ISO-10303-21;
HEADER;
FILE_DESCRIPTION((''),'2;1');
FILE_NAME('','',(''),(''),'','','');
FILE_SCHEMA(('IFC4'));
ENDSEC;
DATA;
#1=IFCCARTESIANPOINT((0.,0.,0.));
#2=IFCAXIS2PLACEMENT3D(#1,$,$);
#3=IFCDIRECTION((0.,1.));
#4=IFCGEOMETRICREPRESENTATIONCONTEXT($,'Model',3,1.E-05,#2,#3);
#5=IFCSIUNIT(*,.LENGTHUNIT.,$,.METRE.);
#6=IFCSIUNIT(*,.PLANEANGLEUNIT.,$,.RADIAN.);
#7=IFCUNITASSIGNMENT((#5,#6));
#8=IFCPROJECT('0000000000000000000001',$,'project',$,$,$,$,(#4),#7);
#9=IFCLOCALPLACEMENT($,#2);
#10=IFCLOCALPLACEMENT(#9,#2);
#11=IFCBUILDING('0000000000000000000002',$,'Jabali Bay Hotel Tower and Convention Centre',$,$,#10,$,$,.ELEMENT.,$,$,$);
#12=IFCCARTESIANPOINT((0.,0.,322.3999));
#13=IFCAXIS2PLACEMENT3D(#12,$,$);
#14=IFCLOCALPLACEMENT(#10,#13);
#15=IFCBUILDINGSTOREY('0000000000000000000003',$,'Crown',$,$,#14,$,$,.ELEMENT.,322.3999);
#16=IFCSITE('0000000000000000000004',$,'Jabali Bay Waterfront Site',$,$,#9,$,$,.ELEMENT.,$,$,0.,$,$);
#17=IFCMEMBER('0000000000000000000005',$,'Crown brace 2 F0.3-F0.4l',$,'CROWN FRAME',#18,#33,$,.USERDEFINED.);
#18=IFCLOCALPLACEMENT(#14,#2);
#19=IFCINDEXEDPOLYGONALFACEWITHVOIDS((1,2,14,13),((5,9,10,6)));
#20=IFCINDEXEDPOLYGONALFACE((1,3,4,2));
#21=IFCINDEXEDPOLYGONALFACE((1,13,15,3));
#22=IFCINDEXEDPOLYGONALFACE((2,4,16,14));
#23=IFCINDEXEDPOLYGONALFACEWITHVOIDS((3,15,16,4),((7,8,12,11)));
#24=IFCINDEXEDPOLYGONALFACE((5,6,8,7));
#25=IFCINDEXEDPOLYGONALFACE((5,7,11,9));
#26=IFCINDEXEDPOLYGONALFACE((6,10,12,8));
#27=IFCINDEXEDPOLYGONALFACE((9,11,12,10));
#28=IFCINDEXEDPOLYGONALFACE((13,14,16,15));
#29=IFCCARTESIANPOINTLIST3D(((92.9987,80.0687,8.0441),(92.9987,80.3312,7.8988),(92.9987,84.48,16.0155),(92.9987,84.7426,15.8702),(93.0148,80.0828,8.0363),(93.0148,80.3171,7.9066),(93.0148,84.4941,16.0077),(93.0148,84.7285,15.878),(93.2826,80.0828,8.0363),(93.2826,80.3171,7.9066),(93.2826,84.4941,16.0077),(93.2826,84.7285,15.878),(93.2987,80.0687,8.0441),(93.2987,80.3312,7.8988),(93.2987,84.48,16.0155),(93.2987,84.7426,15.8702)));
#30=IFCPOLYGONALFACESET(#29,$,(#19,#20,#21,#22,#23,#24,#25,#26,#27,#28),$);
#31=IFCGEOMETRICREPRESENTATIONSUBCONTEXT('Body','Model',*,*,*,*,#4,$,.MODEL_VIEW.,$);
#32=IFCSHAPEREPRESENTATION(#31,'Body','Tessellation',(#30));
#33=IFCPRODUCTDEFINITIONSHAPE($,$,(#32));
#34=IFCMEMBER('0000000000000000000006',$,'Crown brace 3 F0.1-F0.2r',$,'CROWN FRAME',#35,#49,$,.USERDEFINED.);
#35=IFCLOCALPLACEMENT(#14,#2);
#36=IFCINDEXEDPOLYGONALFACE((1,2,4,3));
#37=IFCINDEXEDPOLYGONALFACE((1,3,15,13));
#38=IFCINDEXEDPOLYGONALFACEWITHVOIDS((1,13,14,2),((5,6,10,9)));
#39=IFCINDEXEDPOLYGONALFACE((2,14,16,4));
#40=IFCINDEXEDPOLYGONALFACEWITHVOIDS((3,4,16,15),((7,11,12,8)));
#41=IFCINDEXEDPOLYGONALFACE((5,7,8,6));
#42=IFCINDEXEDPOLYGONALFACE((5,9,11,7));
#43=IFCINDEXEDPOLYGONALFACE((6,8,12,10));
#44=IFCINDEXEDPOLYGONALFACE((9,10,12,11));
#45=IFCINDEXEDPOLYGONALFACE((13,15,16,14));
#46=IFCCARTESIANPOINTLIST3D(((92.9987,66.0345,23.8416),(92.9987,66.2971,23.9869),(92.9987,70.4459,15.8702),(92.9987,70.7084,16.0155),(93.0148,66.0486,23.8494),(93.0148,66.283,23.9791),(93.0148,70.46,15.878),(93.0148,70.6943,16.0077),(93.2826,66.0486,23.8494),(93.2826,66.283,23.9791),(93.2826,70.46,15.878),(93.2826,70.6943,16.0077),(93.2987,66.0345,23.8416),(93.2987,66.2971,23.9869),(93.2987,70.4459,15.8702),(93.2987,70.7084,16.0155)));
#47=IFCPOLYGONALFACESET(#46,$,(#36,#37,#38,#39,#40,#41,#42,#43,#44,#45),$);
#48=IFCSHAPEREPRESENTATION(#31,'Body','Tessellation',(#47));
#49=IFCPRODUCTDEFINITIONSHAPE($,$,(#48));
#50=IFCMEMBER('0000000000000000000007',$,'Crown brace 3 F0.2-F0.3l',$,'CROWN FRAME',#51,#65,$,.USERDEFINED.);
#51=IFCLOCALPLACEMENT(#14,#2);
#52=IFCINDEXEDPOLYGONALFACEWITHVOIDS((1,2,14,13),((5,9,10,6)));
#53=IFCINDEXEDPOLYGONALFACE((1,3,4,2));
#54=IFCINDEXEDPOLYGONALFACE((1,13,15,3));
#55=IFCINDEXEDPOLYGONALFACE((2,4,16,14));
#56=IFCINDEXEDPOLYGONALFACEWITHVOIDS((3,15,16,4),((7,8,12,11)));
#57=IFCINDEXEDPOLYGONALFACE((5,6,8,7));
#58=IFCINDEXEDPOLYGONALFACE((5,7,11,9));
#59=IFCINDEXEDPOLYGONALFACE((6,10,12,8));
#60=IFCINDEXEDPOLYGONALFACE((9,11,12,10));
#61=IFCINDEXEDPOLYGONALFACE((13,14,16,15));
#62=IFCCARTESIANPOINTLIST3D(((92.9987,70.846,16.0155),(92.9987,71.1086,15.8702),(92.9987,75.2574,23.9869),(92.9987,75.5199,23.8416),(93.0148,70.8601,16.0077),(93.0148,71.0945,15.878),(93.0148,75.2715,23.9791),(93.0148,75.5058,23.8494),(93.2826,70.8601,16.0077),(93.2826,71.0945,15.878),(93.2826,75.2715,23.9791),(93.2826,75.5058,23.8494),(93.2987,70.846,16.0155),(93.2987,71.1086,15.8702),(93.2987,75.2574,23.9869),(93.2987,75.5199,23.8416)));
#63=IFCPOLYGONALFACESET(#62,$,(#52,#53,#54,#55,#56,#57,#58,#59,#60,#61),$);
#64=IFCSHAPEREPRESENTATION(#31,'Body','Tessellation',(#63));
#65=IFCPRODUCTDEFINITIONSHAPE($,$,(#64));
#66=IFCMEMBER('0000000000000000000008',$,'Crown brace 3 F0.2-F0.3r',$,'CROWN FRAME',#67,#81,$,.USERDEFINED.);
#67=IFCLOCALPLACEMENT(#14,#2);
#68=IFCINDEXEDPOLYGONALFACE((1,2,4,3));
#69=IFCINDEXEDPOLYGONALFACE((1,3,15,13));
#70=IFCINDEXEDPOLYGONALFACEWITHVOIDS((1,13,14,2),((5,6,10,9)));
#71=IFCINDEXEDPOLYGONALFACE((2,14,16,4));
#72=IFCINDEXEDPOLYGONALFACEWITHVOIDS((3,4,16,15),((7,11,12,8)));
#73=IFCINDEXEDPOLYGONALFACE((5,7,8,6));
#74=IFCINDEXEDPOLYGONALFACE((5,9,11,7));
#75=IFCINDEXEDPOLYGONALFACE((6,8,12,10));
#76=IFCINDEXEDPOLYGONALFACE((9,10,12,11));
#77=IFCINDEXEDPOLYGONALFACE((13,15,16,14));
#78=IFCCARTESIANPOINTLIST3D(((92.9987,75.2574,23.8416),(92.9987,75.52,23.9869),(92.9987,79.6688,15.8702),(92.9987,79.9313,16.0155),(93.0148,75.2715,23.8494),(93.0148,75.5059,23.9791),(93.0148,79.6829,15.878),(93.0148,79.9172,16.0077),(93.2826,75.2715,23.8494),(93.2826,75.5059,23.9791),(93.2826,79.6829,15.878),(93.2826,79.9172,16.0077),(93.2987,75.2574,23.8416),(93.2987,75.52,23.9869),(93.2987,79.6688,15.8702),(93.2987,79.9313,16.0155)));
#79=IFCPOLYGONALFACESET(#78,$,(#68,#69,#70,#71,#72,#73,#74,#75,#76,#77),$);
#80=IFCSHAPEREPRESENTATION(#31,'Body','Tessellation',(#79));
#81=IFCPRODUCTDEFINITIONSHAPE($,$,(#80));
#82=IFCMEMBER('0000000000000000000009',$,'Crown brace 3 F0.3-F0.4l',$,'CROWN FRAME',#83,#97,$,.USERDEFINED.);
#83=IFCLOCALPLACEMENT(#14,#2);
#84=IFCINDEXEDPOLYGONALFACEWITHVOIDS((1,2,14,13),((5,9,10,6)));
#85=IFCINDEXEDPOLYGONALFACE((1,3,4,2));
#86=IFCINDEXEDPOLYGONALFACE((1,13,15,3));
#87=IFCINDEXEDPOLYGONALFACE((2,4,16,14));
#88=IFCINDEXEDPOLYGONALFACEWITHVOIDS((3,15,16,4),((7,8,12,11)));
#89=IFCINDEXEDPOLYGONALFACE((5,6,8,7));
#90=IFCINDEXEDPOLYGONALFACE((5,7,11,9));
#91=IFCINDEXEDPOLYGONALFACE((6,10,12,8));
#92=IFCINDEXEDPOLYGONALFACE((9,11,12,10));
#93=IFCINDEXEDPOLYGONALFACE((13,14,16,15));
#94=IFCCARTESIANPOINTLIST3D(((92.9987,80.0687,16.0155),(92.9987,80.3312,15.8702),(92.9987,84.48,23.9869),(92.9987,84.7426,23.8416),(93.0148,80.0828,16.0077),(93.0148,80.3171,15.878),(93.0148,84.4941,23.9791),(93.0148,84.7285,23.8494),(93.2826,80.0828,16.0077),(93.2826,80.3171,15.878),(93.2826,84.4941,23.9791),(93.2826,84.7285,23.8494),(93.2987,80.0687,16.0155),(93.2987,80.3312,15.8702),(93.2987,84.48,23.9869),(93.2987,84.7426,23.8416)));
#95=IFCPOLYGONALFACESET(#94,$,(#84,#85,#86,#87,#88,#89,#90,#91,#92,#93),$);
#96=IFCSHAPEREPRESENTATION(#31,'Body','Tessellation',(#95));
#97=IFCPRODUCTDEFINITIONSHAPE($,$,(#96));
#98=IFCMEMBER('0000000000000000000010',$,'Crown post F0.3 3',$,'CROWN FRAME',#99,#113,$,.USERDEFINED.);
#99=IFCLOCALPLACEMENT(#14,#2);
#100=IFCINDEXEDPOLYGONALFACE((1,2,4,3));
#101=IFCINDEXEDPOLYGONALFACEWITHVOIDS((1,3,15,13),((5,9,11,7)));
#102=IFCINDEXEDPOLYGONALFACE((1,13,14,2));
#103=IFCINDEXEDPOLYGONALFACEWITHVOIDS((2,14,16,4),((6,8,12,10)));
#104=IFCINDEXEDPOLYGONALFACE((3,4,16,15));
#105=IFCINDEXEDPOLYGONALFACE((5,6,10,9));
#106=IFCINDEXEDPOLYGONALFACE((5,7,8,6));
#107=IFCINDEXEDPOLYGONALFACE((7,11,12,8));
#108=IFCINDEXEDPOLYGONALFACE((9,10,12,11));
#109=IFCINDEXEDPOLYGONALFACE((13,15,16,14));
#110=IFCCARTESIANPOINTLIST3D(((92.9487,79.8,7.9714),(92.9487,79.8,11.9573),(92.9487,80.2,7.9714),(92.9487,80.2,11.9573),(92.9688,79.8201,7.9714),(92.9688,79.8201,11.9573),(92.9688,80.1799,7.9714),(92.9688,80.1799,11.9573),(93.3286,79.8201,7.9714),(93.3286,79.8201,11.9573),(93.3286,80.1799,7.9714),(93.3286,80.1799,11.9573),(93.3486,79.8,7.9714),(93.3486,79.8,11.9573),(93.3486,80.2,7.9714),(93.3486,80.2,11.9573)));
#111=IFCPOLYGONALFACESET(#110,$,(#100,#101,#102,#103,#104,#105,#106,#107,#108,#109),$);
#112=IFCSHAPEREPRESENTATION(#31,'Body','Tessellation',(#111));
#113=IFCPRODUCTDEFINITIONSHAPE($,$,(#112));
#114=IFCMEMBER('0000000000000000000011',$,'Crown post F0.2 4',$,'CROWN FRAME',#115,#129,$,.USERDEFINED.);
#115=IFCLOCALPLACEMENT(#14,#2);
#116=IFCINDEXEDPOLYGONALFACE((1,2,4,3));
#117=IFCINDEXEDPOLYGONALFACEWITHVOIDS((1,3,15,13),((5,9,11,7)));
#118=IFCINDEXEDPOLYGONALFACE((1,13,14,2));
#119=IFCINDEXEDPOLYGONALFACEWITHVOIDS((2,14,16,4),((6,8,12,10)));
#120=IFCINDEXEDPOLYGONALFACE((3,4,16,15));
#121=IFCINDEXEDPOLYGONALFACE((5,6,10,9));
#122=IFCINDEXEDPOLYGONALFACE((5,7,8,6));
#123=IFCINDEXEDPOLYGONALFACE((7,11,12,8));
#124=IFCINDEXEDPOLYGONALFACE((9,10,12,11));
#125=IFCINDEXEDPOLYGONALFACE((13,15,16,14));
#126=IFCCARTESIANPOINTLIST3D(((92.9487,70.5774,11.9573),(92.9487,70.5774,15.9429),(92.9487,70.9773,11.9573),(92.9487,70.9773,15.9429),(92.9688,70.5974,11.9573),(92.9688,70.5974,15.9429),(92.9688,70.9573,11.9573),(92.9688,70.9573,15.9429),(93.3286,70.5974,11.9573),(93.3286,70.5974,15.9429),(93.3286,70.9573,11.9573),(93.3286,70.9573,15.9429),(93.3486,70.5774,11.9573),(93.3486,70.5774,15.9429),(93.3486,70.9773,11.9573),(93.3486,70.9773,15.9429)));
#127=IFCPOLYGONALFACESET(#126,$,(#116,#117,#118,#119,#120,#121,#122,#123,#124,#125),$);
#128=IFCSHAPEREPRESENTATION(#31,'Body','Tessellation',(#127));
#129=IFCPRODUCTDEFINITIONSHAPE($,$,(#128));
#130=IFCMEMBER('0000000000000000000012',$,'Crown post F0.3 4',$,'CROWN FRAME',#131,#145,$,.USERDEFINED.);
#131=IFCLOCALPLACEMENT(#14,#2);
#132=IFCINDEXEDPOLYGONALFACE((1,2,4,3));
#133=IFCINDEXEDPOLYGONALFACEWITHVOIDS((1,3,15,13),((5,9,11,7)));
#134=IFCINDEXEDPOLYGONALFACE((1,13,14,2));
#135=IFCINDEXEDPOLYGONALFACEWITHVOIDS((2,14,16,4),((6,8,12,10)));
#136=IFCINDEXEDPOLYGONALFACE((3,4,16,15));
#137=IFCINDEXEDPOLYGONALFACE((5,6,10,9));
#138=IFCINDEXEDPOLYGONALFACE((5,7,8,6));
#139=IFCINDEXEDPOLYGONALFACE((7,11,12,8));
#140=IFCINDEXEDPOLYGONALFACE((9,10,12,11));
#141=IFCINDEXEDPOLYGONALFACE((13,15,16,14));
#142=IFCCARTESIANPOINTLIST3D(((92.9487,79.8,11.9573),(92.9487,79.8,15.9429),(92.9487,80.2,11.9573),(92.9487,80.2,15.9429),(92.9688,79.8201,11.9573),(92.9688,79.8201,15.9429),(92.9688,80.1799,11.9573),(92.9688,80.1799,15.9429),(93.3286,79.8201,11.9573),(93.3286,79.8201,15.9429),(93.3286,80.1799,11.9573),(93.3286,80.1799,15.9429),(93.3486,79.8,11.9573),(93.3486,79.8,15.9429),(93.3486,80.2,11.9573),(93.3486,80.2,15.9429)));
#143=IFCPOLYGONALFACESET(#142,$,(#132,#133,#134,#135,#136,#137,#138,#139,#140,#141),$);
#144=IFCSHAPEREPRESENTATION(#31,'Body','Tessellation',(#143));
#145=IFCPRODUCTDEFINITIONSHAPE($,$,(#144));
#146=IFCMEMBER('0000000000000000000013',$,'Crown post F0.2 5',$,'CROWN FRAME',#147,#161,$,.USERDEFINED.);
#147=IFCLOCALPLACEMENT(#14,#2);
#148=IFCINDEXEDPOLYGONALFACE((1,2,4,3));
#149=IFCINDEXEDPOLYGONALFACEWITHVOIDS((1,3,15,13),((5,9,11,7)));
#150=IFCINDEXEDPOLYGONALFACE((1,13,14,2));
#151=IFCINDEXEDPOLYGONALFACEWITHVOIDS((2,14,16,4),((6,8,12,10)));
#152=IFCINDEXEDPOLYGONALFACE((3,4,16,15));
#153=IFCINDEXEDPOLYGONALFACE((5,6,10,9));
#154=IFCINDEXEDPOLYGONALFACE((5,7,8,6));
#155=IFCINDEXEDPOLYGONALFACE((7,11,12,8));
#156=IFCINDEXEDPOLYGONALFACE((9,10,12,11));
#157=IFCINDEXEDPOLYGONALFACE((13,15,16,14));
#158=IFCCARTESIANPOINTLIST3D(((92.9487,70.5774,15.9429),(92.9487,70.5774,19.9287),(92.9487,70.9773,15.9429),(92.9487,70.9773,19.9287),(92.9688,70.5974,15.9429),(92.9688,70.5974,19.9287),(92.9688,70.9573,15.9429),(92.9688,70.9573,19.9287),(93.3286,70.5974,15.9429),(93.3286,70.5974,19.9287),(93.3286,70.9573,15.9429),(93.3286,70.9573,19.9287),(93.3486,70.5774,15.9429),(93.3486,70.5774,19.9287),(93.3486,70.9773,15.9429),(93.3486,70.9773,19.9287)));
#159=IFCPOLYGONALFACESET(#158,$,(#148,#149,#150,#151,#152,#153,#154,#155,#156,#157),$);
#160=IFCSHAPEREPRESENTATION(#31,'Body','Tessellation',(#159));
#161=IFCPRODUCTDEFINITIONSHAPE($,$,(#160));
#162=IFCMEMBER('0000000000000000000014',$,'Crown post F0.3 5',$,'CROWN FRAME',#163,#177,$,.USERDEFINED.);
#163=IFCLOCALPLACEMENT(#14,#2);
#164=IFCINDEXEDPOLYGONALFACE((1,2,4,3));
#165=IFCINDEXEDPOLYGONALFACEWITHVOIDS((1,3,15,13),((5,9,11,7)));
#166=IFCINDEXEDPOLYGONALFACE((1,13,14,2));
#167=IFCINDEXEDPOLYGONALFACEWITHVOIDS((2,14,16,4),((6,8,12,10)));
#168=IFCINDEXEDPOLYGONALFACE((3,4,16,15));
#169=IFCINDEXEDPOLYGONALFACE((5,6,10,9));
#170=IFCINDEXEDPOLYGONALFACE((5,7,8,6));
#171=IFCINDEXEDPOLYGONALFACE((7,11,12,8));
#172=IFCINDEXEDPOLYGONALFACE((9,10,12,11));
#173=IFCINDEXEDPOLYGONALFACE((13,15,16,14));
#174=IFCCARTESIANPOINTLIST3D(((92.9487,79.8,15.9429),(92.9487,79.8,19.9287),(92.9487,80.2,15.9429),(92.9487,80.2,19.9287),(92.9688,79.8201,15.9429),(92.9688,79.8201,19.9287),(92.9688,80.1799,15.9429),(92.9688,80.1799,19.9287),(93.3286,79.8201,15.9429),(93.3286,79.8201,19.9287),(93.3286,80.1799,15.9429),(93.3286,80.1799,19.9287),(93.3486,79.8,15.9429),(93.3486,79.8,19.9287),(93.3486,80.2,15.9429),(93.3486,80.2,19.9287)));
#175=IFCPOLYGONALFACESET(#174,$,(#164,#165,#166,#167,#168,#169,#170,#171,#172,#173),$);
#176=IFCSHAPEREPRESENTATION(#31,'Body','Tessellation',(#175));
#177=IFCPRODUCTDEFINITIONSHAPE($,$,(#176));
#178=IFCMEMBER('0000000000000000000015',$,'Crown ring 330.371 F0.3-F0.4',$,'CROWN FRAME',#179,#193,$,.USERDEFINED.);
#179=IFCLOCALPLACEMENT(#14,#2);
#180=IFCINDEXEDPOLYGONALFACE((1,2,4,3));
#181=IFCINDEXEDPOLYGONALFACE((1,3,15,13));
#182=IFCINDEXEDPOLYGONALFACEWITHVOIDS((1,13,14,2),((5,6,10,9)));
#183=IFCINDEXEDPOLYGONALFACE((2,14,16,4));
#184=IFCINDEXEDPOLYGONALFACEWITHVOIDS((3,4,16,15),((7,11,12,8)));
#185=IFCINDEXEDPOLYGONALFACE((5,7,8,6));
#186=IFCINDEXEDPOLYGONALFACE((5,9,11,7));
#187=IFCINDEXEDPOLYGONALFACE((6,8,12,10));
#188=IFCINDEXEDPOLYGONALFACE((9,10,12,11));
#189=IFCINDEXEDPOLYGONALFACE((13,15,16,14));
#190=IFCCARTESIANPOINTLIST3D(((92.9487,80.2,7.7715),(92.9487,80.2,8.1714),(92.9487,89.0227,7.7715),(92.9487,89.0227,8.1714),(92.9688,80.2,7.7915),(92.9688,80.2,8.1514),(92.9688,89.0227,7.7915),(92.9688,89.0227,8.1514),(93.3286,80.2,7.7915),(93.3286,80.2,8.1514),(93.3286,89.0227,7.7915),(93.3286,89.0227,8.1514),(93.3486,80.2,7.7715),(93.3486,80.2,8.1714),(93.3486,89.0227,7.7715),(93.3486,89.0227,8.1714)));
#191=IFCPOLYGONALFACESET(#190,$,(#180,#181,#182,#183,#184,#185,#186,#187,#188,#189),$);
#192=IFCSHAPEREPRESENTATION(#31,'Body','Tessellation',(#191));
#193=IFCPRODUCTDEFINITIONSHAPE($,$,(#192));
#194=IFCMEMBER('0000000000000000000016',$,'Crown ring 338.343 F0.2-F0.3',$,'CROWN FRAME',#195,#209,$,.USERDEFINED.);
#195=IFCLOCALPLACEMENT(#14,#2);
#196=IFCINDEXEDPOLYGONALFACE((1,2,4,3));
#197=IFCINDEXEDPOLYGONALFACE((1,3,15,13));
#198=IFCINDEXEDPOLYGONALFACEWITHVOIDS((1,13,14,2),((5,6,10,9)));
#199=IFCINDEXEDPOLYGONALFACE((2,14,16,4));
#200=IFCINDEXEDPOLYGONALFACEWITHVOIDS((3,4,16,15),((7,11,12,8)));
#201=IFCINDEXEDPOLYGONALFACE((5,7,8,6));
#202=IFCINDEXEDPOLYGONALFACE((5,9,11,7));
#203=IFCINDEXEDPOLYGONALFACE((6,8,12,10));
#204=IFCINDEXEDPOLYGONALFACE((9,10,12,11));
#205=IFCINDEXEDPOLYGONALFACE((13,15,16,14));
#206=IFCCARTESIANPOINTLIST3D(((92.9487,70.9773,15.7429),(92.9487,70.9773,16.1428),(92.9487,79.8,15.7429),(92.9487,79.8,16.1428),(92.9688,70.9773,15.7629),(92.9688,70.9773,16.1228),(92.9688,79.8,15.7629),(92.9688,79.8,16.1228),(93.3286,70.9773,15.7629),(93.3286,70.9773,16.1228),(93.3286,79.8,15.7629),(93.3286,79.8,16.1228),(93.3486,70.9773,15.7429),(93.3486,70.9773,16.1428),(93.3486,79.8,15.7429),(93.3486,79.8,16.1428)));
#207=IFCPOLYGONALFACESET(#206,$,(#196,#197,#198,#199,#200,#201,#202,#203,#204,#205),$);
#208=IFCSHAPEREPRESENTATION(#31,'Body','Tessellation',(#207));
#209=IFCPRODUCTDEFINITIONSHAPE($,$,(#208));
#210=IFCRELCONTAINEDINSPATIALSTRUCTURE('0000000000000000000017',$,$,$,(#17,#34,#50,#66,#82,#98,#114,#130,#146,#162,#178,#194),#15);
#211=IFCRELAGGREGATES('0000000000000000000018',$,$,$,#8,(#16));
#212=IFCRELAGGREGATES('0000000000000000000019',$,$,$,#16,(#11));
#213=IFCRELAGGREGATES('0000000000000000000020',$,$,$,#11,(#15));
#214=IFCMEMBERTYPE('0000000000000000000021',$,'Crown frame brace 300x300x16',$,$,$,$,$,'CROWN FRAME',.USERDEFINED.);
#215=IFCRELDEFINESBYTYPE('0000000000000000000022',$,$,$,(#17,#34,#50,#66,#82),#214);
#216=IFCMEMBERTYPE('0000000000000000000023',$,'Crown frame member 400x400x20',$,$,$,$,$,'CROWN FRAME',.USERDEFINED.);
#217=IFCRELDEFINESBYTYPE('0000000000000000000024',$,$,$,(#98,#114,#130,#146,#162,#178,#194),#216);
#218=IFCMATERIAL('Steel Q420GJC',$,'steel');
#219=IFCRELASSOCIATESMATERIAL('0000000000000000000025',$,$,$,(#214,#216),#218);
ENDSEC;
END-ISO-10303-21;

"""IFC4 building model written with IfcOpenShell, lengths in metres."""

from ifc_helpers import new_model, si_unit, direction, frame, origin, origin_2d, place, context, subcontext, project, spatial, hollow_rectangle, extrude, material, material_profile, profile_set, type_object, element, save


model = new_model("IFC4")

# Units and contexts
model_context = context("Model", 3, precision=1e-05, world=origin(), true_north=direction((0.0, 1.0)))
body_context = subcontext(model_context, "Body", "Model", "MODEL_VIEW")
ifc_project = project(units=[si_unit("LENGTHUNIT", "METRE"), si_unit("PLANEANGLEUNIT", "RADIAN")], contexts=[model_context])

# Site, building, storey
site_placement = place(None, origin())
site = spatial("IfcSite", under=ifc_project, at=site_placement, Name="Jabali Bay Waterfront Site", CompositionType="ELEMENT", RefElevation=0.0)
building_placement = place(site_placement, origin())
building = spatial("IfcBuilding", under=site, at=building_placement, Name="Jabali Bay Hotel Tower and Convention Centre", CompositionType="ELEMENT")
storey_placement = place(building_placement, frame((0.0, 0.0, 322.3999)))
storey = spatial("IfcBuildingStorey", under=building, at=storey_placement, Name="Crown", CompositionType="ELEMENT", Elevation=322.3999)

# Members
ifc_material_1 = material(Name="Steel Q420GJC", Category="steel")
ifc_material_profile_1 = material_profile(ifc_material_1, hollow_rectangle(XDim=0.3, YDim=0.3, WallThickness=0.0161, at=origin_2d()), Name="Crown frame brace 300x300x16")
ifc_profile_set_1 = profile_set([ifc_material_profile_1], Name="Steel Q420GJC")
member_type_1 = type_object("IfcMemberType", Name="Crown frame brace 300x300x16", ElementType="CROWN FRAME", PredefinedType="USERDEFINED", material=ifc_profile_set_1)
for number, where, z_axis, x_axis, name in (
    (1, (93.1487, 80.2, 7.9714), (0.0, 0.4842, 0.874957), (-1.0, 0.0, 0.0), "Crown brace 2 F0.3-F0.4l"),
    (2, (93.1487, 70.5771, 15.9429), (0.0, -0.4842, 0.874957), (1.0, 0.0, 0.0), "Crown brace 3 F0.1-F0.2r"),
    (3, (93.1487, 70.9773, 15.9429), (0.0, 0.4842, 0.874957), (-1.0, 0.0, 0.0), "Crown brace 3 F0.2-F0.3l"),
    (4, (93.1487, 79.8, 15.9429), (0.0, -0.4842, 0.874957), (1.0, 0.0, 0.0), "Crown brace 3 F0.2-F0.3r"),
    (5, (93.1487, 80.2, 15.9429), (0.0, 0.4842, 0.874957), (-1.0, 0.0, 0.0), "Crown brace 3 F0.3-F0.4l"),
):
    element("IfcMember", number, at=place(storey_placement, frame(where, z_axis=z_axis, x_axis=x_axis)), inside=storey, type_object=member_type_1, Name=name, ObjectType="CROWN FRAME", PredefinedType="USERDEFINED", context=body_context, shape_type="SweptSolid", body=[
        extrude(hollow_rectangle(XDim=0.3, YDim=0.3, WallThickness=0.0161, at=origin_2d()), origin(), (0.0, 0.0, 1.0), 9.1106),
    ])
ifc_material_profile_2 = material_profile(ifc_material_1, hollow_rectangle(XDim=0.3999, YDim=0.3999, WallThickness=0.02, at=origin_2d()), Name="Crown frame member 400x400x20")
ifc_profile_set_2 = profile_set([ifc_material_profile_2], Name="Steel Q420GJC")
member_type_2 = type_object("IfcMemberType", Name="Crown frame member 400x400x20", ElementType="CROWN FRAME", PredefinedType="USERDEFINED", material=ifc_profile_set_2)
member_placement = place(storey_placement, frame((93.1487, 80.0, 7.9714), z_axis=(0.0, 0.0, 1.0), x_axis=(1.0, 0.0, 0.0)))
element("IfcMember", 6, at=member_placement, inside=storey, type_object=member_type_2, Name="Crown post F0.3 3", ObjectType="CROWN FRAME", PredefinedType="USERDEFINED", context=body_context, shape_type="SweptSolid", body=[
    extrude(hollow_rectangle(XDim=0.3999, YDim=0.3999, WallThickness=0.02, at=origin_2d()), origin(), (0.0, 0.0, 1.0), 3.9858),
])
for number, where, z_axis, x_axis, name in (
    (7, (93.1487, 70.7773, 11.9573), (0.0, 0.0, 1.0), (1.0, 0.0, 0.0), "Crown post F0.2 4"),
    (8, (93.1487, 80.0, 11.9573), (0.0, 0.0, 1.0), (1.0, 0.0, 0.0), "Crown post F0.3 4"),
):
    element("IfcMember", number, at=place(storey_placement, frame(where, z_axis=z_axis, x_axis=x_axis)), inside=storey, type_object=member_type_2, Name=name, ObjectType="CROWN FRAME", PredefinedType="USERDEFINED", context=body_context, shape_type="SweptSolid", body=[
        extrude(hollow_rectangle(XDim=0.3999, YDim=0.3999, WallThickness=0.02, at=origin_2d()), origin(), (0.0, 0.0, 1.0), 3.9856),
    ])
for number, where, z_axis, x_axis, name in (
    (9, (93.1487, 70.7773, 15.9429), (0.0, 0.0, 1.0), (1.0, 0.0, 0.0), "Crown post F0.2 5"),
    (10, (93.1487, 80.0, 15.9429), (0.0, 0.0, 1.0), (1.0, 0.0, 0.0), "Crown post F0.3 5"),
):
    element("IfcMember", number, at=place(storey_placement, frame(where, z_axis=z_axis, x_axis=x_axis)), inside=storey, type_object=member_type_2, Name=name, ObjectType="CROWN FRAME", PredefinedType="USERDEFINED", context=body_context, shape_type="SweptSolid", body=[
        extrude(hollow_rectangle(XDim=0.3999, YDim=0.3999, WallThickness=0.02, at=origin_2d()), origin(), (0.0, 0.0, 1.0), 3.9858),
    ])
for number, where, z_axis, x_axis, name in (
    (11, (93.1487, 80.2, 7.9714), (0.0, 1.0, 0.0), (-1.0, 0.0, 0.0), "Crown ring 330.371 F0.3-F0.4"),
    (12, (93.1487, 70.9773, 15.9429), (0.0, 1.0, 0.0), (-1.0, 0.0, 0.0), "Crown ring 338.343 F0.2-F0.3"),
):
    element("IfcMember", number, at=place(storey_placement, frame(where, z_axis=z_axis, x_axis=x_axis)), inside=storey, type_object=member_type_2, Name=name, ObjectType="CROWN FRAME", PredefinedType="USERDEFINED", context=body_context, shape_type="SweptSolid", body=[
        extrude(hollow_rectangle(XDim=0.3999, YDim=0.3999, WallThickness=0.02, at=origin_2d()), origin(), (0.0, 0.0, 1.0), 8.8228),
    ])

save(model, "model.ifc")
